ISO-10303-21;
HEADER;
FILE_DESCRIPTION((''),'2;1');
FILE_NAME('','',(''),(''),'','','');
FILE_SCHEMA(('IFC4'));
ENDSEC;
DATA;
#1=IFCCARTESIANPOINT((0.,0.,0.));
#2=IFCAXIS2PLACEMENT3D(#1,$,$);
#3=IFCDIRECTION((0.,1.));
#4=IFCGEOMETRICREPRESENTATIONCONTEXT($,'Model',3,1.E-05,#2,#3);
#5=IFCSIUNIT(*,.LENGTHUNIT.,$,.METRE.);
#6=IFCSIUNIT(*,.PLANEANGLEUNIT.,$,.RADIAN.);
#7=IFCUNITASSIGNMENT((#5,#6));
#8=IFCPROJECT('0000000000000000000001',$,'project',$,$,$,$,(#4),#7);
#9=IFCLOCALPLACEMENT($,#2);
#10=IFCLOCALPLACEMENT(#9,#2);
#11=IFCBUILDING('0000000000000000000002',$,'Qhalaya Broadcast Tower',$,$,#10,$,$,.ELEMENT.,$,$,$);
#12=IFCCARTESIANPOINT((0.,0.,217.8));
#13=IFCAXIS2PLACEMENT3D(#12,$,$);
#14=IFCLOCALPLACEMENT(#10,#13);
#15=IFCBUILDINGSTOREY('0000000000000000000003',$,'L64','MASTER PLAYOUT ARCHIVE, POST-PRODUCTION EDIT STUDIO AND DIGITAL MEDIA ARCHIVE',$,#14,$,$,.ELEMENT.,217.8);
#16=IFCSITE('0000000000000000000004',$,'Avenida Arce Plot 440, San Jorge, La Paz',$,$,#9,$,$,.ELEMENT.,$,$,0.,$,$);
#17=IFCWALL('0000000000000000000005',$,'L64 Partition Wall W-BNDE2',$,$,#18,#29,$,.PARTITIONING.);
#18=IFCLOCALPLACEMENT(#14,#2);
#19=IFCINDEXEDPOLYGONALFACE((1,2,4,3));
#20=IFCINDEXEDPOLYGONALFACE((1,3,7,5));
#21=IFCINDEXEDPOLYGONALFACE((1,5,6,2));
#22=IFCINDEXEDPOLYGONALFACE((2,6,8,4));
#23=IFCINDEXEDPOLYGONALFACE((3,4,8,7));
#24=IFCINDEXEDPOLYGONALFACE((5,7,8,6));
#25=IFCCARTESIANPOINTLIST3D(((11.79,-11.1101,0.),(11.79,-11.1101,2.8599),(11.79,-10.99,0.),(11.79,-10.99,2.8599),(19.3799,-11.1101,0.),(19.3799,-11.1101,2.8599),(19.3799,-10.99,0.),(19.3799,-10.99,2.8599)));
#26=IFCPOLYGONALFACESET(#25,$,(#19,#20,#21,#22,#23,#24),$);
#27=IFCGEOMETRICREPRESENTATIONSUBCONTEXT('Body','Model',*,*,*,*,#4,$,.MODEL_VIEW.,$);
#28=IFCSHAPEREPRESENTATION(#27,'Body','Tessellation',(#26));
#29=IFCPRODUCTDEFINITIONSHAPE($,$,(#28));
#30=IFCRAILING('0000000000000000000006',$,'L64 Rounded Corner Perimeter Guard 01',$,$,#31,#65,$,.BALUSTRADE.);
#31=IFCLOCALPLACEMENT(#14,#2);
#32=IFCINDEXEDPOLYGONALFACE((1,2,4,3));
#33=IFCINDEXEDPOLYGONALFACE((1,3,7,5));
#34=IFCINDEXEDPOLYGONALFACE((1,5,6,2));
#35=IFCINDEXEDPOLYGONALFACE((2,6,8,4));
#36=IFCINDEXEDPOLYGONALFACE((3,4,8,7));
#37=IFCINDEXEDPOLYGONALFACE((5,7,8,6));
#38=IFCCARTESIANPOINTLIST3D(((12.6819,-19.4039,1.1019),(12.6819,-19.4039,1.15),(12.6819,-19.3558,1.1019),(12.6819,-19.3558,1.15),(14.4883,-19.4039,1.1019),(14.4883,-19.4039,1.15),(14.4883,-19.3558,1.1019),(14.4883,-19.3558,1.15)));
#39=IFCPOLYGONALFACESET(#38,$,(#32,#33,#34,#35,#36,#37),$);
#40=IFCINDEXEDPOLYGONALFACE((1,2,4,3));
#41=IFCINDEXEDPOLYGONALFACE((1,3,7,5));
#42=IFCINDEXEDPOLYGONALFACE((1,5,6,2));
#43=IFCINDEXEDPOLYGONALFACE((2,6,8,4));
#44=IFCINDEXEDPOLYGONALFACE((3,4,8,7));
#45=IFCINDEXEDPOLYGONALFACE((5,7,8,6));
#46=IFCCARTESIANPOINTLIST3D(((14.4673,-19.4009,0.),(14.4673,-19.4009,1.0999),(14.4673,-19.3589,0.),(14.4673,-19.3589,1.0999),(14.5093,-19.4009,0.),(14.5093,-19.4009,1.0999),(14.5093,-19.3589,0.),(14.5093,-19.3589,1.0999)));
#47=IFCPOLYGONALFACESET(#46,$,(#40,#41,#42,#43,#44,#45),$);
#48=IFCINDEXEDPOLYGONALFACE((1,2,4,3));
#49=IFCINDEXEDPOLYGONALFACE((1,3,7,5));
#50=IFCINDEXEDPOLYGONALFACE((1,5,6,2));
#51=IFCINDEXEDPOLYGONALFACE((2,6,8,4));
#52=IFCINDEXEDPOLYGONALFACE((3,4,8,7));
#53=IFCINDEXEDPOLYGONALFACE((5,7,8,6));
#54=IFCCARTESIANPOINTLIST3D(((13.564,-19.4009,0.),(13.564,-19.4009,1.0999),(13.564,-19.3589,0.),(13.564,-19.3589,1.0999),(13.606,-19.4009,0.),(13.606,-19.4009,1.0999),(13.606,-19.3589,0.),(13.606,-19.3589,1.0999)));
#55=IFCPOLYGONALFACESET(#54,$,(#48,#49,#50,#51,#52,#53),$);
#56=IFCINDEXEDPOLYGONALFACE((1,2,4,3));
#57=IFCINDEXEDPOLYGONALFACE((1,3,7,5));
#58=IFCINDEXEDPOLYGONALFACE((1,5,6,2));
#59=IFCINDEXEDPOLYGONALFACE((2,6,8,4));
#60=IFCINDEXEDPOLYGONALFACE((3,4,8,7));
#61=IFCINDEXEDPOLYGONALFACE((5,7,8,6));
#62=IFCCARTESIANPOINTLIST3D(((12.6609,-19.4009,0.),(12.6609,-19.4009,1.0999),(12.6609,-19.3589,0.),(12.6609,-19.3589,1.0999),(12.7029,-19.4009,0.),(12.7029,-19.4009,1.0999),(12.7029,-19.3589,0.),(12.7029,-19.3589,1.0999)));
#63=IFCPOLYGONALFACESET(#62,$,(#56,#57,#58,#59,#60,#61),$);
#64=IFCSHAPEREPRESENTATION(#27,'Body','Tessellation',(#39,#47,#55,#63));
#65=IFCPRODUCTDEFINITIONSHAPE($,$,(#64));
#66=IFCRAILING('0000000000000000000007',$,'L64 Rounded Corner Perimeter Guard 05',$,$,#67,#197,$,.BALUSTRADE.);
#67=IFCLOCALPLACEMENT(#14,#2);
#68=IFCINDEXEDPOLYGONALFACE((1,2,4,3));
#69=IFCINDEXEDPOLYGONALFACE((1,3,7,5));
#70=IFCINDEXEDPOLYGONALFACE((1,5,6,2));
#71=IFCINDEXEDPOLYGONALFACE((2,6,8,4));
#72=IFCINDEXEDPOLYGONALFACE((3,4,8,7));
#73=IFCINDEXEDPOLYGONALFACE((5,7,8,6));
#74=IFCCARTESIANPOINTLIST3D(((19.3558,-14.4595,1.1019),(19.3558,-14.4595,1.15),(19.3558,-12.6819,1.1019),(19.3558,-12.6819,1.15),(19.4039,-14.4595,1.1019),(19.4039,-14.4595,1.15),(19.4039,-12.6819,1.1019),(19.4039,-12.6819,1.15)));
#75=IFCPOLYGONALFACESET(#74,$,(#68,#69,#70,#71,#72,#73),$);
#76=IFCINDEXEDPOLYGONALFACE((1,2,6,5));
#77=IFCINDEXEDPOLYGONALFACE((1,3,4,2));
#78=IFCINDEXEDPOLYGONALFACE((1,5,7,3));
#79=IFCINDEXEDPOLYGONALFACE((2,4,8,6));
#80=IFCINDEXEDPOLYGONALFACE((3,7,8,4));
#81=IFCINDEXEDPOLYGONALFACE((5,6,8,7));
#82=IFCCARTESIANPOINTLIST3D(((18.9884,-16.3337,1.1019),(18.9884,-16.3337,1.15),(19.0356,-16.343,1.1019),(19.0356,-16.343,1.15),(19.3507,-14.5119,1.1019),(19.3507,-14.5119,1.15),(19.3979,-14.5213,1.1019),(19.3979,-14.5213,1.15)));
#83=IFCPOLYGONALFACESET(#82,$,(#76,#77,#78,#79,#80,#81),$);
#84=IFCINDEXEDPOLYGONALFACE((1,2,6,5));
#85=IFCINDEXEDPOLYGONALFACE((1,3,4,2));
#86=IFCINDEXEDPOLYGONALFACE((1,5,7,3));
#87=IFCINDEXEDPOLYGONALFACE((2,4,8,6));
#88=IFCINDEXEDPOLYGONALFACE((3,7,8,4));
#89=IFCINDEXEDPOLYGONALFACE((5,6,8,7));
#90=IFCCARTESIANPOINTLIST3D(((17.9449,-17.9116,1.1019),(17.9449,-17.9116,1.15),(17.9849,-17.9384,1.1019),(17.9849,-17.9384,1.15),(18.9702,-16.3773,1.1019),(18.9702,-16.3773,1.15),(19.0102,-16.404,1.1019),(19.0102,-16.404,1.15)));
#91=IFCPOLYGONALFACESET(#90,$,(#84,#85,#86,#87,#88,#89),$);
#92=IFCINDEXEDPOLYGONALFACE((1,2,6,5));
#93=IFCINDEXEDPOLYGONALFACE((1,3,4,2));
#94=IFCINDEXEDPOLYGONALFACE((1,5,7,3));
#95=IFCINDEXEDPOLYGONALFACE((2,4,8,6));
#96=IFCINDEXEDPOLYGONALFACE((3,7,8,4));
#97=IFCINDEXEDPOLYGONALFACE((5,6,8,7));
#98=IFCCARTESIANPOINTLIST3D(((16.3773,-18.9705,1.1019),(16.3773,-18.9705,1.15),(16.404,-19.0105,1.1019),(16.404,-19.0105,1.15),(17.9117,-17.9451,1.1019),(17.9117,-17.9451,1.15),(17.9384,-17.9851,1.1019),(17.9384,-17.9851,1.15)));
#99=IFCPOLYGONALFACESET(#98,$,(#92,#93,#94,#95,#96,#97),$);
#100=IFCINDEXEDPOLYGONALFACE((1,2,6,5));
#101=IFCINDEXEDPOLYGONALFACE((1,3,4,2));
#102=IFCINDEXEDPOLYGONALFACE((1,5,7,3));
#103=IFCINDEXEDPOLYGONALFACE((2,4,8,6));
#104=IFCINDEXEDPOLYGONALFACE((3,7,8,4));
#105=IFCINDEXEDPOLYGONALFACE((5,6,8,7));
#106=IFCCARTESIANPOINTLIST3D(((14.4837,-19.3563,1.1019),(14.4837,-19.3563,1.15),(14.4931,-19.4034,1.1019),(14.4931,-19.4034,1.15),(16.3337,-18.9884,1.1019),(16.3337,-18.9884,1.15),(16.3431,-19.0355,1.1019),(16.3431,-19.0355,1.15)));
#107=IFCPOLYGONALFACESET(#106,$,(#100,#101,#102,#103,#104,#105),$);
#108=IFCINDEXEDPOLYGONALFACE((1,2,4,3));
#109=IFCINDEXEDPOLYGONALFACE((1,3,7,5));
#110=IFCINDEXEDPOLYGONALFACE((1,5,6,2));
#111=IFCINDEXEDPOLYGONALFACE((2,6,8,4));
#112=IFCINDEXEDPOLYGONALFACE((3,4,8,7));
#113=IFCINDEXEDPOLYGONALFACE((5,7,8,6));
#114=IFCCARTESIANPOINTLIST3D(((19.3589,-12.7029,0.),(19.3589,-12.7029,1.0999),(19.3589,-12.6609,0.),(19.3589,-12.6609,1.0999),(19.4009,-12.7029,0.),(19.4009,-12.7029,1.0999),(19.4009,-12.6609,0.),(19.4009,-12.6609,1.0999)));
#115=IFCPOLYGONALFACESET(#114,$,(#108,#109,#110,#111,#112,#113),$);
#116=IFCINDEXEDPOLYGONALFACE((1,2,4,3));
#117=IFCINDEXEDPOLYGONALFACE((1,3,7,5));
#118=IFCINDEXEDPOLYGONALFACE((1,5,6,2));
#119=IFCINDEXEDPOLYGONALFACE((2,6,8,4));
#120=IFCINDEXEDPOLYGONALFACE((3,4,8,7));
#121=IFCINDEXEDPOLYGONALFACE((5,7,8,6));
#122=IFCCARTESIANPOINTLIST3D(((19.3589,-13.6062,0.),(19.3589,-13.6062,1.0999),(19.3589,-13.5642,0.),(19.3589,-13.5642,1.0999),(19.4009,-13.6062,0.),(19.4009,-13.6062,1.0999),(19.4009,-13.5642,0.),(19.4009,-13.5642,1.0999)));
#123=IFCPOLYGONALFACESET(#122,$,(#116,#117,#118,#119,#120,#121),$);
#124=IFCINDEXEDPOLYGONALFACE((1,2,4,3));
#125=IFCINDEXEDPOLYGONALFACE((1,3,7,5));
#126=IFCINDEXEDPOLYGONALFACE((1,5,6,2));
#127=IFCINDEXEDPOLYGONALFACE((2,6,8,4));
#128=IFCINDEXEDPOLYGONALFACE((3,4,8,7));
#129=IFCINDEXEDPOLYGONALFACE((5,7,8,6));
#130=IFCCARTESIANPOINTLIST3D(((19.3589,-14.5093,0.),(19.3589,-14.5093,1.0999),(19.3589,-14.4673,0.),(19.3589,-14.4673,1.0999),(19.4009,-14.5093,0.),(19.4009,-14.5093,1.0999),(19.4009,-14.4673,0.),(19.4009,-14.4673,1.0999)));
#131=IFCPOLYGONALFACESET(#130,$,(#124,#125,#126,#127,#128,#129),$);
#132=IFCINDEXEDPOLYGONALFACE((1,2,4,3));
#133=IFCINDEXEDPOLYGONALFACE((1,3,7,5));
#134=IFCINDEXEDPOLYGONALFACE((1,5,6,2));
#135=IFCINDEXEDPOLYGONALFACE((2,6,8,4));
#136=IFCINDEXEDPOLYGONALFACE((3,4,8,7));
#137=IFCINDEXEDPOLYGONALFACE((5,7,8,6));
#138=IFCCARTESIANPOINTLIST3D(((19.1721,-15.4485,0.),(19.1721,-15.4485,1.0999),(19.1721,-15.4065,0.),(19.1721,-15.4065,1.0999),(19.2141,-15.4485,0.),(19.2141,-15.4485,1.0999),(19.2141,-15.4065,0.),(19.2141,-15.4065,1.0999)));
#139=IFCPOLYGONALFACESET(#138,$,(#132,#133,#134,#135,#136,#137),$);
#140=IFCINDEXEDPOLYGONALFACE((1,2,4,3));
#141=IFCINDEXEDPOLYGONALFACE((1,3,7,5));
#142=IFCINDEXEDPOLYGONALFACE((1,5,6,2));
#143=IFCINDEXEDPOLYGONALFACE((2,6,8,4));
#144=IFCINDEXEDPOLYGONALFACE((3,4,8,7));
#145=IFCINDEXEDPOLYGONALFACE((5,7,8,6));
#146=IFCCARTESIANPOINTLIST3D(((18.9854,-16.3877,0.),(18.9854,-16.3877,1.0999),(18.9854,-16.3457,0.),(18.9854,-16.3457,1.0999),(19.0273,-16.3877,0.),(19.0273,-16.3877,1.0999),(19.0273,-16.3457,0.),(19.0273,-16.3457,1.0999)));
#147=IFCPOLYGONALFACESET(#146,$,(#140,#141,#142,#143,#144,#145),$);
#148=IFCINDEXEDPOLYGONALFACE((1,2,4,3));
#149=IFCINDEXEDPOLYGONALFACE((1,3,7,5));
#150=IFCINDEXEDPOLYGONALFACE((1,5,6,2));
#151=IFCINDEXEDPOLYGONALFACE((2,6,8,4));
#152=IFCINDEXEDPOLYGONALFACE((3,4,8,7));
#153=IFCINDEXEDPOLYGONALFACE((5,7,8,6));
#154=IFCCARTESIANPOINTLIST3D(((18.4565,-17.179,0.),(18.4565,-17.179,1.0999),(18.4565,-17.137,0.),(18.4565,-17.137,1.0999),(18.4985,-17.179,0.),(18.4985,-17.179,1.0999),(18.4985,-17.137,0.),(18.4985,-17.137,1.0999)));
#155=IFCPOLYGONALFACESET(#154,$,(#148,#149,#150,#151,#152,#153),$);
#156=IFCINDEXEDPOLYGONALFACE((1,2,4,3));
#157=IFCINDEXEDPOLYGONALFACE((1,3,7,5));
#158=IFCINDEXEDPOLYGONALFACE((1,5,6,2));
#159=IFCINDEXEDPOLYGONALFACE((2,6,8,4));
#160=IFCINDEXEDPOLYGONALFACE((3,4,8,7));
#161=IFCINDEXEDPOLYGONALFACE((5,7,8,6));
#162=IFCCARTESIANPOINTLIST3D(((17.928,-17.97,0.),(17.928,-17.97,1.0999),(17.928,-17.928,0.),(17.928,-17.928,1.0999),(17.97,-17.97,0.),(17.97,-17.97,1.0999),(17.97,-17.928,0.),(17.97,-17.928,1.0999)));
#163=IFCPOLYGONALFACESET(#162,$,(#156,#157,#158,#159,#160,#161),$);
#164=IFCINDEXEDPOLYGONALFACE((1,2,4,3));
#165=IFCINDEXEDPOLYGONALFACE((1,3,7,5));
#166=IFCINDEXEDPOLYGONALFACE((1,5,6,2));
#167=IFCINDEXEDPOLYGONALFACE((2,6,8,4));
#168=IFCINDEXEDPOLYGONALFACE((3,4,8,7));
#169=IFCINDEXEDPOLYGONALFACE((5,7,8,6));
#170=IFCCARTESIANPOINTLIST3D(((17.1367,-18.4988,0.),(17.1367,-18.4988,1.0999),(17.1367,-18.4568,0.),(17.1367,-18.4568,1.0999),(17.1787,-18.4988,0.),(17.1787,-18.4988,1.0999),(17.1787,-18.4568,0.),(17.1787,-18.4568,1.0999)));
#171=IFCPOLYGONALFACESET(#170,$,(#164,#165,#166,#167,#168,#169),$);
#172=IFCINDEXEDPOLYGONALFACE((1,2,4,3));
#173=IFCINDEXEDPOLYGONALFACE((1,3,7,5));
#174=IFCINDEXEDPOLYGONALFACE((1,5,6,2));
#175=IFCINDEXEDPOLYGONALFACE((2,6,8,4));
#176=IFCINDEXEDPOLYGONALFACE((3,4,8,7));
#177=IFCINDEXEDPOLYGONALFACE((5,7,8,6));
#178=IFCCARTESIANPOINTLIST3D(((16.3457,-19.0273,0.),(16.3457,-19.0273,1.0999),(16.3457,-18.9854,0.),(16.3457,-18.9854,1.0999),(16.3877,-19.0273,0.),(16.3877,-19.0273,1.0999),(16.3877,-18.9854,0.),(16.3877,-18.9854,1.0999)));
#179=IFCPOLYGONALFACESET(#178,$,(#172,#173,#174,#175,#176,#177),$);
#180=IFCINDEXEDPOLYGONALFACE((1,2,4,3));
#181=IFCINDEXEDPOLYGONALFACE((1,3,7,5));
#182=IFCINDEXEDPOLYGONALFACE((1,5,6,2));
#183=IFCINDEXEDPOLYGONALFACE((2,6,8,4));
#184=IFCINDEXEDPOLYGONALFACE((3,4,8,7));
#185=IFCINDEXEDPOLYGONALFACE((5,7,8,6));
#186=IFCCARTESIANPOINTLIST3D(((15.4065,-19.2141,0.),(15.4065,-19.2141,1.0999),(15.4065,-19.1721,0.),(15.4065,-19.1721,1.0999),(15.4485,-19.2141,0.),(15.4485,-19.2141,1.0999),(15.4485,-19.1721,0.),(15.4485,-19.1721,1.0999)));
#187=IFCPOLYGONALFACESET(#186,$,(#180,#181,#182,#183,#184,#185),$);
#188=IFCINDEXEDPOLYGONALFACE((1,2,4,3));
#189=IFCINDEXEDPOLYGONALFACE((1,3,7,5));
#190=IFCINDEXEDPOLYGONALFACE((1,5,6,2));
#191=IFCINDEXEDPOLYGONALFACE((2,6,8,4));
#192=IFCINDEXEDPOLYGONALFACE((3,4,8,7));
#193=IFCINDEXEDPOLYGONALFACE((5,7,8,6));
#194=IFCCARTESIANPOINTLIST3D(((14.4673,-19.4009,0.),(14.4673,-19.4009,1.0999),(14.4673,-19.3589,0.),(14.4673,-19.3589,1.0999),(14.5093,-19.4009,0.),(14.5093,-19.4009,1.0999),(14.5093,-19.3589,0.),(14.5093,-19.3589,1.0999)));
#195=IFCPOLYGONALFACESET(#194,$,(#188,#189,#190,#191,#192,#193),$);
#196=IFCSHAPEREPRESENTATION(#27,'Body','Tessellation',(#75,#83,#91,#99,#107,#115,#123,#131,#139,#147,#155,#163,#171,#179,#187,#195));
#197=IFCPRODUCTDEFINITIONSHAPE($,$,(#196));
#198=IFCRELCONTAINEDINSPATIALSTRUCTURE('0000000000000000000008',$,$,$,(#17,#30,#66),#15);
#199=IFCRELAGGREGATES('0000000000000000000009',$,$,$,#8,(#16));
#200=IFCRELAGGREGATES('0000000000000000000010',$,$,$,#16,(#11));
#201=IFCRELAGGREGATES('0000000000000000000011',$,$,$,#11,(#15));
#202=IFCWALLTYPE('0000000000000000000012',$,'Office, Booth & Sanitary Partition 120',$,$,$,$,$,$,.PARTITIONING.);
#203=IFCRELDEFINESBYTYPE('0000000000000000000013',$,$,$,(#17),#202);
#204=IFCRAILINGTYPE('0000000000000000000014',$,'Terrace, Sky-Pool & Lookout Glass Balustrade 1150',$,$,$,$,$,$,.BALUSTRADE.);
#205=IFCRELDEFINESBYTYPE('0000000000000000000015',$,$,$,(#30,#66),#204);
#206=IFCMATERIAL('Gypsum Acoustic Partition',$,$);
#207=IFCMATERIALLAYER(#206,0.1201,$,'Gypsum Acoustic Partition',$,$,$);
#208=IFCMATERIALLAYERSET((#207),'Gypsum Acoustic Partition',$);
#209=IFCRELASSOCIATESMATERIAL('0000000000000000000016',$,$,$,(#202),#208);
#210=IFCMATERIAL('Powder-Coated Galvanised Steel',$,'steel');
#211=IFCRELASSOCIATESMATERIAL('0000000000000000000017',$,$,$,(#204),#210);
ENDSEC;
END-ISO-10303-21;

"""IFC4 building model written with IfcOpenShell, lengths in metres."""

from ifc_helpers import new_model, si_unit, direction, frame, frame_2d, origin, origin_2d, place, context, subcontext, project, spatial, rectangle, extrude, material, layer, layer_set, type_object, element, save


model = new_model("IFC4")

# Units and contexts
model_context = context("Model", 3, precision=1e-05, world=origin(), true_north=direction((0.0, 1.0)))
body_context = subcontext(model_context, "Body", "Model", "MODEL_VIEW")
ifc_project = project(units=[si_unit("LENGTHUNIT", "METRE"), si_unit("PLANEANGLEUNIT", "RADIAN")], contexts=[model_context])

# Site, building, storey
site_placement = place(None, origin())
site = spatial("IfcSite", under=ifc_project, at=site_placement, Name="Avenida Arce Plot 440, San Jorge, La Paz", CompositionType="ELEMENT", RefElevation=0.0)
building_placement = place(site_placement, origin())
building = spatial("IfcBuilding", under=site, at=building_placement, Name="Qhalaya Broadcast Tower", CompositionType="ELEMENT")
storey_placement = place(building_placement, frame((0.0, 0.0, 217.8)))
storey = spatial("IfcBuildingStorey", under=building, at=storey_placement, Name="L64", Description="MASTER PLAYOUT ARCHIVE, POST-PRODUCTION EDIT STUDIO AND DIGITAL MEDIA ARCHIVE", CompositionType="ELEMENT", Elevation=217.8)

# Shared definitions
ifc_material_1 = material(Name="Gypsum Acoustic Partition")

# Wall
ifc_layer_1 = layer(ifc_material_1, 0.1201, Name="Gypsum Acoustic Partition")
ifc_layer_set_1 = layer_set([ifc_layer_1], Name="Gypsum Acoustic Partition")
wall_type_1 = type_object("IfcWallType", Name="Office, Booth & Sanitary Partition 120", PredefinedType="PARTITIONING", material=ifc_layer_set_1)
wall_1_placement = place(storey_placement, frame((11.79, -11.05, 0.0), z_axis=(0.0, 0.0, 1.0), x_axis=(1.0, 0.0, 0.0)))
element("IfcWall", 1, at=wall_1_placement, inside=storey, type_object=wall_type_1, Name="L64 Partition Wall W-BNDE2", PredefinedType="PARTITIONING", context=body_context, shape_type="SweptSolid", body=[
    extrude(rectangle(XDim=7.5898, YDim=0.1201, at=frame_2d((3.7949, 0.0))), origin(), (0.0, 0.0, 1.0), 2.8599),
])

# Railings
ifc_material_2 = material(Name="Powder-Coated Galvanised Steel", Category="steel")
railing_type = type_object("IfcRailingType", Name="Terrace, Sky-Pool & Lookout Glass Balustrade 1150", PredefinedType="BALUSTRADE", material=ifc_material_2)
railing_1_placement = place(storey_placement, frame((14.4883, -19.3799, 0.0)))
element("IfcRailing", 2, at=railing_1_placement, inside=storey, type_object=railing_type, Name="L64 Rounded Corner Perimeter Guard 01", PredefinedType="BALUSTRADE", context=body_context, shape_type="SweptSolid", body=[
    extrude(rectangle(XDim=0.0481, YDim=0.0481, at=origin_2d()), frame((0.0, 0.0, 1.126), z_axis=(-1.0, 0.0, 0.0), x_axis=(0.0, -1.0, 0.0)), (0.0, 0.0, 1.0), 1.8064),
    extrude(rectangle(XDim=0.042, YDim=0.042, at=origin_2d()), origin(), (0.0, 0.0, 1.0), 1.0999),
    extrude(rectangle(XDim=0.042, YDim=0.042, at=origin_2d()), frame((-0.9033, 0.0, 0.0)), (0.0, 0.0, 1.0), 1.0999),
    extrude(rectangle(XDim=0.042, YDim=0.042, at=origin_2d()), frame((-1.8064, 0.0, 0.0)), (0.0, 0.0, 1.0), 1.0999),
])
railing_2_placement = place(storey_placement, frame((19.3799, -12.6819, 0.0)))
element("IfcRailing", 3, at=railing_2_placement, inside=storey, type_object=railing_type, Name="L64 Rounded Corner Perimeter Guard 05", PredefinedType="BALUSTRADE", context=body_context, shape_type="SweptSolid", body=[
    extrude(rectangle(XDim=0.0481, YDim=0.0481, at=origin_2d()), frame((0.0, 0.0, 1.126), z_axis=(0.0, -1.0, 0.0), x_axis=(1.0, 0.0, 0.0)), (0.0, 0.0, 1.0), 1.7776),
    extrude(rectangle(XDim=0.0481, YDim=0.0481, at=origin_2d()), frame((-0.0056, -1.8347, 1.126), z_axis=(-0.195037, -0.980796, 0.0), x_axis=(0.980796, -0.195037, 0.0)), (0.0, 0.0, 1.0), 1.8574),
    extrude(rectangle(XDim=0.0481, YDim=0.0481, at=origin_2d()), frame((-0.3896, -3.7087, 1.126), z_axis=(-0.555618, -0.831438, 0.0), x_axis=(0.831438, -0.555618, 0.0)), (0.0, 0.0, 1.0), 1.8455),
    extrude(rectangle(XDim=0.0481, YDim=0.0481, at=origin_2d()), frame((-1.4548, -5.2832, 1.126), z_axis=(-0.831438, -0.555618, 0.0), x_axis=(0.555618, -0.831438, 0.0)), (0.0, 0.0, 1.0), 1.8455),
    extrude(rectangle(XDim=0.0481, YDim=0.0481, at=origin_2d()), frame((-3.0415, -6.3301, 1.126), z_axis=(-0.980796, -0.195037, 0.0), x_axis=(0.195037, -0.980796, 0.0)), (0.0, 0.0, 1.0), 1.8862),
    extrude(rectangle(XDim=0.042, YDim=0.042, at=origin_2d()), origin(), (0.0, 0.0, 1.0), 1.0999),
    extrude(rectangle(XDim=0.042, YDim=0.042, at=origin_2d()), frame((0.0, -0.9033, 0.0)), (0.0, 0.0, 1.0), 1.0999),
    extrude(rectangle(XDim=0.042, YDim=0.042, at=origin_2d()), frame((0.0, -1.8064, 0.0)), (0.0, 0.0, 1.0), 1.0999),
    extrude(rectangle(XDim=0.042, YDim=0.042, at=origin_2d()), frame((-0.1868, -2.7456, 0.0)), (0.0, 0.0, 1.0), 1.0999),
    extrude(rectangle(XDim=0.042, YDim=0.042, at=origin_2d()), frame((-0.3735, -3.6848, 0.0)), (0.0, 0.0, 1.0), 1.0999),
    extrude(rectangle(XDim=0.042, YDim=0.042, at=origin_2d()), frame((-0.9023, -4.4761, 0.0)), (0.0, 0.0, 1.0), 1.0999),
    extrude(rectangle(XDim=0.042, YDim=0.042, at=origin_2d()), frame((-1.4309, -5.2671, 0.0)), (0.0, 0.0, 1.0), 1.0999),
    extrude(rectangle(XDim=0.042, YDim=0.042, at=origin_2d()), frame((-2.2222, -5.7959, 0.0)), (0.0, 0.0, 1.0), 1.0999),
    extrude(rectangle(XDim=0.042, YDim=0.042, at=origin_2d()), frame((-3.0132, -6.3245, 0.0)), (0.0, 0.0, 1.0), 1.0999),
    extrude(rectangle(XDim=0.042, YDim=0.042, at=origin_2d()), frame((-3.9524, -6.5112, 0.0)), (0.0, 0.0, 1.0), 1.0999),
    extrude(rectangle(XDim=0.042, YDim=0.042, at=origin_2d()), frame((-4.8916, -6.698, 0.0)), (0.0, 0.0, 1.0), 1.0999),
])

save(model, "model.ifc")
